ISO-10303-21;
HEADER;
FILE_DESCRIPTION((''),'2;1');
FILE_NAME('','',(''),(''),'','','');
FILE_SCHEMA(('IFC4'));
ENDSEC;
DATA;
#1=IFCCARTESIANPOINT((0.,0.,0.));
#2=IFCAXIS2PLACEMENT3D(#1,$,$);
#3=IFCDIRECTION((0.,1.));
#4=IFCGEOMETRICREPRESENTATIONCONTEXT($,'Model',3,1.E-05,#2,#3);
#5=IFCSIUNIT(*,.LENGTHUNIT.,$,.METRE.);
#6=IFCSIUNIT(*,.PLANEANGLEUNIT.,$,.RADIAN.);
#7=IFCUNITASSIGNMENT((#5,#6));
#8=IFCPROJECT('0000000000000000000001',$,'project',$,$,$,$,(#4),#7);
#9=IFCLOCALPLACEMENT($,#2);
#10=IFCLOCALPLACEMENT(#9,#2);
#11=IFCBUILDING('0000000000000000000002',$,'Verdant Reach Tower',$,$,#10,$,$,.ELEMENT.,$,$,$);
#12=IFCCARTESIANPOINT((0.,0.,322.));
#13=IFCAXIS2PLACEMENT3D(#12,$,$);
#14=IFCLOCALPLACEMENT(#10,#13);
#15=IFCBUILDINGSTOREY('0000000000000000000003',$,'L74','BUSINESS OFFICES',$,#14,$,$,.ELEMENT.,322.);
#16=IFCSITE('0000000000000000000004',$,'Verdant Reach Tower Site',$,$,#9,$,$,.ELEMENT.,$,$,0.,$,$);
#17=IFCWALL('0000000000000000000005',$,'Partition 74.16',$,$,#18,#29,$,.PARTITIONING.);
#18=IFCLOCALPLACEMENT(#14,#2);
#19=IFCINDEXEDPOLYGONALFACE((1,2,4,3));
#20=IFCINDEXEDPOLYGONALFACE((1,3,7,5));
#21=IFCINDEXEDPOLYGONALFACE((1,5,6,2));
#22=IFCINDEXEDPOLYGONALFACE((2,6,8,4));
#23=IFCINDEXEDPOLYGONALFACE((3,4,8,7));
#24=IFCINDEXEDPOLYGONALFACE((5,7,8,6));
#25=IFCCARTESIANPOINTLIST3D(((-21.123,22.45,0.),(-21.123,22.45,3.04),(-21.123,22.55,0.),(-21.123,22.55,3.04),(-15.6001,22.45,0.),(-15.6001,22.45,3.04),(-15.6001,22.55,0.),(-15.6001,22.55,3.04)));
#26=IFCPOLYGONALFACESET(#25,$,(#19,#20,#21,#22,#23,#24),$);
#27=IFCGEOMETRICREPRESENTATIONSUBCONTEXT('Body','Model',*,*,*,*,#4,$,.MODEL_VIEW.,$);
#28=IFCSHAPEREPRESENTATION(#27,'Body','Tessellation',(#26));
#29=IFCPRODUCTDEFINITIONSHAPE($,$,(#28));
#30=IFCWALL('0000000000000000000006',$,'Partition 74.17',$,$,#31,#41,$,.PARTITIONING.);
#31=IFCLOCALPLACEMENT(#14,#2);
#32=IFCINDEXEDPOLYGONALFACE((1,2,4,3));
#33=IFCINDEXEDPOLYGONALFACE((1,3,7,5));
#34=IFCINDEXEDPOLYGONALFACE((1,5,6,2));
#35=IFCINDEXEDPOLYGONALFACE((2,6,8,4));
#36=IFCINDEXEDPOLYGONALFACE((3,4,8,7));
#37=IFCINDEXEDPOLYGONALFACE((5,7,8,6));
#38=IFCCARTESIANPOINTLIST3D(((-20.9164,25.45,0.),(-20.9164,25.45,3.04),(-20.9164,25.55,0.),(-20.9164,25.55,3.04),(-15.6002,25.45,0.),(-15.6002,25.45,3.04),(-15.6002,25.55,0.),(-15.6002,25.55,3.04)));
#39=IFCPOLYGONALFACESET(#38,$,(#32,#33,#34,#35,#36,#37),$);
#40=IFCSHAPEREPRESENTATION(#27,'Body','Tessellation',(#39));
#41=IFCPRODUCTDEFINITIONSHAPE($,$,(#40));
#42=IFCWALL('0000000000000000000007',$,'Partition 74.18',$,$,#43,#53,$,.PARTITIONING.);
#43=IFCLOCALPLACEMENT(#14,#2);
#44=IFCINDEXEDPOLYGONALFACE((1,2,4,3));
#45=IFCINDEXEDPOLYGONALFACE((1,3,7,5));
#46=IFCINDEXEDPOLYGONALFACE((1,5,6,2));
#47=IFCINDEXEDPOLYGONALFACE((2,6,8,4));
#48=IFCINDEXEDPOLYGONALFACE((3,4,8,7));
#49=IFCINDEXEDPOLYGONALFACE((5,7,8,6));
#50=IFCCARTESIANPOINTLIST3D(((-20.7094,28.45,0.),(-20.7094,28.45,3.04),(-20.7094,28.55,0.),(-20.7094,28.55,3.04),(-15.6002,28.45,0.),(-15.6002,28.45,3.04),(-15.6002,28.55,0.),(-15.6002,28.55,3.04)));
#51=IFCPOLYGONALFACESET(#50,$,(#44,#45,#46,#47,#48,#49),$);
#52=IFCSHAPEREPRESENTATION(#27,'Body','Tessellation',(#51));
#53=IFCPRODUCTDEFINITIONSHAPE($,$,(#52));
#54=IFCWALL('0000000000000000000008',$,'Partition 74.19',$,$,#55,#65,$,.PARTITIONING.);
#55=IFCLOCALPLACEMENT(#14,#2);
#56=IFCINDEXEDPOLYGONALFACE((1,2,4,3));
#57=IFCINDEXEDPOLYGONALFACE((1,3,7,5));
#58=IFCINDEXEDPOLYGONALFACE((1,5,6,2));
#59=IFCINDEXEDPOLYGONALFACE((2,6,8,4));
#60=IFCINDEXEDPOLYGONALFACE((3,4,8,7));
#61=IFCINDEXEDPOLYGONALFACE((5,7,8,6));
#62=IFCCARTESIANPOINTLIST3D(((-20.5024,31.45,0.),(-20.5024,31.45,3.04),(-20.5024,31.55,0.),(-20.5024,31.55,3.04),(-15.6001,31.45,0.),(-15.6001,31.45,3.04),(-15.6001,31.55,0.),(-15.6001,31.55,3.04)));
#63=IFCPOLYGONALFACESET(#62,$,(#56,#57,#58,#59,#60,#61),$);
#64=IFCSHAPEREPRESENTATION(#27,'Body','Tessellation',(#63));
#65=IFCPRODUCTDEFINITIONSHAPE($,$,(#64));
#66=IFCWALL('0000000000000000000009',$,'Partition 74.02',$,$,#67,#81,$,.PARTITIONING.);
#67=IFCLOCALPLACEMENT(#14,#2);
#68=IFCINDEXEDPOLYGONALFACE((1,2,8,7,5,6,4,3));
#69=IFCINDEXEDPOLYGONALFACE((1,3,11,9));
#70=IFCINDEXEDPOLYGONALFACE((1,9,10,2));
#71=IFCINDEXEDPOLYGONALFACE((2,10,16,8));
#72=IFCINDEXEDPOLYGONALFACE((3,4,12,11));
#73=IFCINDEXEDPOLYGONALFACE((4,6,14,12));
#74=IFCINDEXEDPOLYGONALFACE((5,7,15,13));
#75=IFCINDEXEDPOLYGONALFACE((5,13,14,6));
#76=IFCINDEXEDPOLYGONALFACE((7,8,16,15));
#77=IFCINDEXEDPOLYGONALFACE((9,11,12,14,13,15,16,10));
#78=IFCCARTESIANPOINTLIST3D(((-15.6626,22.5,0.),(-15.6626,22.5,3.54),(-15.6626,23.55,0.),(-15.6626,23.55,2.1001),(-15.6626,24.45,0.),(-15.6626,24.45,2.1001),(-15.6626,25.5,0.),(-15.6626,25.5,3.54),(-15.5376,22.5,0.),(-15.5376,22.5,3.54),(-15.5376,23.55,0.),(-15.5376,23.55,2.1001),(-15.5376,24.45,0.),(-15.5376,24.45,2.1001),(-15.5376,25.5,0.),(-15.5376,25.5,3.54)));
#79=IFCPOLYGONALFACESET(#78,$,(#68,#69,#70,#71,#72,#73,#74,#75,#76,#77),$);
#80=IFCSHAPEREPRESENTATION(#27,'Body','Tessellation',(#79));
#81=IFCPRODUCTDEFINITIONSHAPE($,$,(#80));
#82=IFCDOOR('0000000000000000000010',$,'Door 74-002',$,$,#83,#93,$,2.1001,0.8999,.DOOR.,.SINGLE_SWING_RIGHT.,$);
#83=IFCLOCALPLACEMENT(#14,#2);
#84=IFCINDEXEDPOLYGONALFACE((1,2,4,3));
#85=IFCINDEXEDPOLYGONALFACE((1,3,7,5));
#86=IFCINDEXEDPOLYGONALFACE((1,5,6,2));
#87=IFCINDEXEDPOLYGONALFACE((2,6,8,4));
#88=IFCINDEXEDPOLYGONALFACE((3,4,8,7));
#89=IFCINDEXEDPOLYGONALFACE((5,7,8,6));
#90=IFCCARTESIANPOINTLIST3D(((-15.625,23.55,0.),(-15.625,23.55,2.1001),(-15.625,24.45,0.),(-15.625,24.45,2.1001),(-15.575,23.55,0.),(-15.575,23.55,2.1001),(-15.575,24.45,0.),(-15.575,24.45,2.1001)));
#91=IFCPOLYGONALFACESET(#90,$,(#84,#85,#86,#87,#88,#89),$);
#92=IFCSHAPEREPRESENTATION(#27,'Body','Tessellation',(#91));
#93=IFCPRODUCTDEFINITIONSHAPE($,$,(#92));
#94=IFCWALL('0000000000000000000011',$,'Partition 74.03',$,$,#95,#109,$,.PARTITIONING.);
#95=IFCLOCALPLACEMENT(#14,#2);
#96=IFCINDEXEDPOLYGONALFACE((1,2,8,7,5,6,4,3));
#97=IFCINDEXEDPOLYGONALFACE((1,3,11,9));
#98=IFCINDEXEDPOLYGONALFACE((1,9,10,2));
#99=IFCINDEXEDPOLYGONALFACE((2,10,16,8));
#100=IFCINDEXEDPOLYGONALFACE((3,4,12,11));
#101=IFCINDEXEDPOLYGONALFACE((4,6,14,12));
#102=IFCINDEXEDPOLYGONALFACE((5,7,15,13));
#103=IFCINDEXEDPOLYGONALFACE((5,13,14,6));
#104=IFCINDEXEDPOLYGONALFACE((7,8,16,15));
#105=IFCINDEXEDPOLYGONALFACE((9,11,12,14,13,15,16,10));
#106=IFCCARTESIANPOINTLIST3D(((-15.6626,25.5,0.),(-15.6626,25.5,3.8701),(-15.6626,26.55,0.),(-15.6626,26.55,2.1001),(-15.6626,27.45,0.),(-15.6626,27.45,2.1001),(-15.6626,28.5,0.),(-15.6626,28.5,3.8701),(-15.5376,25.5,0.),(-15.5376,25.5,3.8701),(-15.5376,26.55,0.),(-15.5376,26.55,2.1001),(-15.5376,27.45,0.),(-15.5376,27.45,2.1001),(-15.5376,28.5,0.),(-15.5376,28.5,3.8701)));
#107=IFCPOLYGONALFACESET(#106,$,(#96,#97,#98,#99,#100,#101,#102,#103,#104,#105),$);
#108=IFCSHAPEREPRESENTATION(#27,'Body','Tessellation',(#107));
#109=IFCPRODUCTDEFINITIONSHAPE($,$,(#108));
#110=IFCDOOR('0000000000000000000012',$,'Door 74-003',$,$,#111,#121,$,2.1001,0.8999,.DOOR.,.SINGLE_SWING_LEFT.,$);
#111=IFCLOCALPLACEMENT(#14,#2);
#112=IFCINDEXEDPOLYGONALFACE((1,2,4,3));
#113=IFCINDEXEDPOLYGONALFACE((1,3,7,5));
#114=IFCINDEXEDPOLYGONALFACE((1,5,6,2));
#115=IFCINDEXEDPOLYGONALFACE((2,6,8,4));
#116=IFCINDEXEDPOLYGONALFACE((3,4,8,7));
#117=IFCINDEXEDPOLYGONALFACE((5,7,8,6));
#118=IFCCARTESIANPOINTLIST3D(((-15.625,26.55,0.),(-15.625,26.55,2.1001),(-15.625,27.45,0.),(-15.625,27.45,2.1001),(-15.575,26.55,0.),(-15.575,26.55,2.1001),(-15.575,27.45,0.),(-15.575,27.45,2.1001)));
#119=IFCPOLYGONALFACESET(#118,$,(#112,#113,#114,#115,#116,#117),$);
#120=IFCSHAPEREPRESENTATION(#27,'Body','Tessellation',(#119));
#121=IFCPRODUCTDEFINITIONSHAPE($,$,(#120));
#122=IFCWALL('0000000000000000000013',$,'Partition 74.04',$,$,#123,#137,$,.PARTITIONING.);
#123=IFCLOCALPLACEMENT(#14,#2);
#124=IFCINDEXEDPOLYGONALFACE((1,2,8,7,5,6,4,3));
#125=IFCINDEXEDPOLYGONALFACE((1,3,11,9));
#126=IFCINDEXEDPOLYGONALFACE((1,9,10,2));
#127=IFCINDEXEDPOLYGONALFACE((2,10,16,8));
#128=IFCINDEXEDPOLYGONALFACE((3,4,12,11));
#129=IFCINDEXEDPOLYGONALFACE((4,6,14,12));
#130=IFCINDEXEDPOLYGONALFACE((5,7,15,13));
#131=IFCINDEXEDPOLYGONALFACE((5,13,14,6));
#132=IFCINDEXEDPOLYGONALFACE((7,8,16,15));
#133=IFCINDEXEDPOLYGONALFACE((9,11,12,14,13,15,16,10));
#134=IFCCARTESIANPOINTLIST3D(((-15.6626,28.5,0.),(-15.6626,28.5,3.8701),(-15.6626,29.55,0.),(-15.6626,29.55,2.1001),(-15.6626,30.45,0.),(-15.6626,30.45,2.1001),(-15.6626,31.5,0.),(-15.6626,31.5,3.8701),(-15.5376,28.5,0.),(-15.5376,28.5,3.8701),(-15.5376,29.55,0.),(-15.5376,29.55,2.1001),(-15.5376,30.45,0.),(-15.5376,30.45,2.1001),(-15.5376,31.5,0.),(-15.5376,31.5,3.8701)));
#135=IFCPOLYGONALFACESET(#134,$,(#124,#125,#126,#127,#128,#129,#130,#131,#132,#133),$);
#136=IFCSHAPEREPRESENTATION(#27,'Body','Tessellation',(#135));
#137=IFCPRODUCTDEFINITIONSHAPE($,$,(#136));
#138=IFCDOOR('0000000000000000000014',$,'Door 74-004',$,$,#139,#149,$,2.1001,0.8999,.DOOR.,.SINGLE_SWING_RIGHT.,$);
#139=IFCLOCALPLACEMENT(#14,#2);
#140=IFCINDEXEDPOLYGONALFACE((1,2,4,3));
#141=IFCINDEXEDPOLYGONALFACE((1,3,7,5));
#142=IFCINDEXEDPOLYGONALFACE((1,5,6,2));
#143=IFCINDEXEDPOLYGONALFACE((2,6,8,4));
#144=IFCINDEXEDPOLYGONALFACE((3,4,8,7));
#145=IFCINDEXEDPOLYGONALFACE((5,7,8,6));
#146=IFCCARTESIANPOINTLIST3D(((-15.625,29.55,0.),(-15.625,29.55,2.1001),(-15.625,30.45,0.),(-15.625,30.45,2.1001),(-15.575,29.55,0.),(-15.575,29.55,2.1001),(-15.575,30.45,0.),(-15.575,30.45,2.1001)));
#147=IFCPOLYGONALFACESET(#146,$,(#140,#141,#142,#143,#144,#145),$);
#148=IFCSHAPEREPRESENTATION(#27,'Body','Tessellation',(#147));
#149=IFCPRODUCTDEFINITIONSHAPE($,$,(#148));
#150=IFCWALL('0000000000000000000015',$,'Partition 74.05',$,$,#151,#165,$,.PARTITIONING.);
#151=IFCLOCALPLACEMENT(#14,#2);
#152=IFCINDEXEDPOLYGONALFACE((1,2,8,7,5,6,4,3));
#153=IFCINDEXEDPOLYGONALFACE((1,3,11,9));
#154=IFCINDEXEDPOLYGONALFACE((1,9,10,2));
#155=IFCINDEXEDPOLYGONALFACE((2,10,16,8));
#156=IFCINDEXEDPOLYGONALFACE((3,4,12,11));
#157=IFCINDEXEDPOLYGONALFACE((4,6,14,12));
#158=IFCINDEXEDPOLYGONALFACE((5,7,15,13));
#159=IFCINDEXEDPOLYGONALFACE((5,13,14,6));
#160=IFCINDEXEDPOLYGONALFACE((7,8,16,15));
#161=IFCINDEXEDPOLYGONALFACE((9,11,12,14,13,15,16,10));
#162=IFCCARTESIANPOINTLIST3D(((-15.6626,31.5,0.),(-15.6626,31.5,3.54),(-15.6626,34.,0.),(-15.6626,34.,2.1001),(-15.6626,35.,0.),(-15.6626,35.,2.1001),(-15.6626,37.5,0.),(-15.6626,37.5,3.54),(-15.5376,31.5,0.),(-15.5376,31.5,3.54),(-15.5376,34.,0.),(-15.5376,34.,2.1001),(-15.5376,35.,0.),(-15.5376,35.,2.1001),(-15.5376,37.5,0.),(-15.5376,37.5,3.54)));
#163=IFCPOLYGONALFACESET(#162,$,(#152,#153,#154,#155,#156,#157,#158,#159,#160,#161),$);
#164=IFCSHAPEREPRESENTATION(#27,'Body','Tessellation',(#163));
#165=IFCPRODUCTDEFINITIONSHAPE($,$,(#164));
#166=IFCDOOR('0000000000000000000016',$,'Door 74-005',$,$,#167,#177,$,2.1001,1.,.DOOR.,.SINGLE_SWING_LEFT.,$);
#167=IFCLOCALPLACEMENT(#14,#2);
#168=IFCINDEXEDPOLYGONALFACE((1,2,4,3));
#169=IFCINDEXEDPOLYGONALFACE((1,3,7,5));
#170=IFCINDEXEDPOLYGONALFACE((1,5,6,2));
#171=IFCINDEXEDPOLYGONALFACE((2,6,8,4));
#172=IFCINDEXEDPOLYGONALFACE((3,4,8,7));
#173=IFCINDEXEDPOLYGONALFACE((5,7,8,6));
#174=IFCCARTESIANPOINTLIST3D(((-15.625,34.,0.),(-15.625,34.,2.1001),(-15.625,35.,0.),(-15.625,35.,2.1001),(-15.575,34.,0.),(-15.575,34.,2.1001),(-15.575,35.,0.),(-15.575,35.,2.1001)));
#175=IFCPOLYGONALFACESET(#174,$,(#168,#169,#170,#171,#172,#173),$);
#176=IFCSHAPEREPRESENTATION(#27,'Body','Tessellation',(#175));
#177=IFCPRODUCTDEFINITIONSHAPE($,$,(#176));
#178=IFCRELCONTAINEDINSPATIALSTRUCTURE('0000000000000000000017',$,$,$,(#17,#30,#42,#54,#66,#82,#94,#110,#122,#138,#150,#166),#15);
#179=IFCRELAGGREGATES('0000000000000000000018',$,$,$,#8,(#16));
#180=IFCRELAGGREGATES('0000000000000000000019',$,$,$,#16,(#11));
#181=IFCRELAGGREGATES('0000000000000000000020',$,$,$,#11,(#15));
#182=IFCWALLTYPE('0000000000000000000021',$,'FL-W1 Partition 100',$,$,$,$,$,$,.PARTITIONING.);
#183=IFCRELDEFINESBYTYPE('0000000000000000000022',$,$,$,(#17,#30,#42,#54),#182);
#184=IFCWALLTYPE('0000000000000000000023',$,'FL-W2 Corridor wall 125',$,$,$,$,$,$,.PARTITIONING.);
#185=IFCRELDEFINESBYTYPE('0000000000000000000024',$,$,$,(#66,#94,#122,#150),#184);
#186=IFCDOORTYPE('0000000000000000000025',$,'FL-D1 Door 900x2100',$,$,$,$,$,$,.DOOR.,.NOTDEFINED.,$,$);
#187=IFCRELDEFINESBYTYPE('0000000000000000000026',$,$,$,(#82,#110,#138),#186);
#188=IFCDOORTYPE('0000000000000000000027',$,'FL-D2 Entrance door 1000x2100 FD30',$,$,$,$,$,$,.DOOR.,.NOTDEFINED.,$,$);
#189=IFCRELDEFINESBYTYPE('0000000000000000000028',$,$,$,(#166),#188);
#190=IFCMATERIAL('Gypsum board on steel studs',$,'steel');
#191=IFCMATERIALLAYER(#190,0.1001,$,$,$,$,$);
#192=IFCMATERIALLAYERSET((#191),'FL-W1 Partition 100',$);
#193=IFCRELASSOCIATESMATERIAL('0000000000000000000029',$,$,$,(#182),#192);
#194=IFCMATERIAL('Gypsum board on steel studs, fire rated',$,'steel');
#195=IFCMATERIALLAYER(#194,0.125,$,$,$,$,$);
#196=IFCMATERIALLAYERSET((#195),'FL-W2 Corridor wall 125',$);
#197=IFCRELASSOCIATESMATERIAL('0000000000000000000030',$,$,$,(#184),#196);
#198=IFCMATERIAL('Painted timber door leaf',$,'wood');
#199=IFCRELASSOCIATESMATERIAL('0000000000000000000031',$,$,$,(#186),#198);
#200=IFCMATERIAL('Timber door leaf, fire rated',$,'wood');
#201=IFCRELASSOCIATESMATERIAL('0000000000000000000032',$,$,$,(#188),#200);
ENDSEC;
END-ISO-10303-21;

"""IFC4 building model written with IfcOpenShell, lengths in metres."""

from ifc_helpers import new_model, si_unit, direction, frame, frame_2d, origin, place, context, subcontext, project, spatial, rectangle, extrude, material, layer, layer_set, type_object, element, fill, save


model = new_model("IFC4")

# Units and contexts
model_context = context("Model", 3, precision=1e-05, world=origin(), true_north=direction((0.0, 1.0)))
body_context = subcontext(model_context, "Body", "Model", "MODEL_VIEW")
ifc_project = project(units=[si_unit("LENGTHUNIT", "METRE"), si_unit("PLANEANGLEUNIT", "RADIAN")], contexts=[model_context])

# Site, building, storey
site_placement = place(None, origin())
site = spatial("IfcSite", under=ifc_project, at=site_placement, Name="Verdant Reach Tower Site", CompositionType="ELEMENT", RefElevation=0.0)
building_placement = place(site_placement, origin())
building = spatial("IfcBuilding", under=site, at=building_placement, Name="Verdant Reach Tower", CompositionType="ELEMENT")
storey_placement = place(building_placement, frame((0.0, 0.0, 322.0)))
storey = spatial("IfcBuildingStorey", under=building, at=storey_placement, Name="L74", Description="BUSINESS OFFICES", CompositionType="ELEMENT", Elevation=322.0)

# Walls
ifc_material_1 = material(Name="Gypsum board on steel studs", Category="steel")
ifc_layer_1 = layer(ifc_material_1, 0.1001)
ifc_layer_set_1 = layer_set([ifc_layer_1], Name="FL-W1 Partition 100")
wall_type_1 = type_object("IfcWallType", Name="FL-W1 Partition 100", PredefinedType="PARTITIONING", material=ifc_layer_set_1)
wall_1_placement = place(storey_placement, frame((-15.6001, 22.5, 0.0), z_axis=(0.0, 0.0, 1.0), x_axis=(-1.0, 0.0, 0.0)))
element("IfcWall", 1, at=wall_1_placement, inside=storey, type_object=wall_type_1, Name="Partition 74.16", PredefinedType="PARTITIONING", context=body_context, shape_type="SweptSolid", body=[
    extrude(rectangle(XDim=5.5229, YDim=0.1001, at=frame_2d((2.7615, 0.0))), origin(), (0.0, 0.0, 1.0), 3.04),
])
wall_2_placement = place(storey_placement, frame((-15.6001, 25.5, 0.0), z_axis=(0.0, 0.0, 1.0), x_axis=(-1.0, 0.0, 0.0)))
element("IfcWall", 2, at=wall_2_placement, inside=storey, type_object=wall_type_1, Name="Partition 74.17", PredefinedType="PARTITIONING", context=body_context, shape_type="SweptSolid", body=[
    extrude(rectangle(XDim=5.3162, YDim=0.1001, at=frame_2d((2.6582, 0.0))), origin(), (0.0, 0.0, 1.0), 3.04),
])
wall_3_placement = place(storey_placement, frame((-15.6001, 28.5, 0.0), z_axis=(0.0, 0.0, 1.0), x_axis=(-1.0, 0.0, 0.0)))
element("IfcWall", 3, at=wall_3_placement, inside=storey, type_object=wall_type_1, Name="Partition 74.18", PredefinedType="PARTITIONING", context=body_context, shape_type="SweptSolid", body=[
    extrude(rectangle(XDim=5.1091, YDim=0.1001, at=frame_2d((2.5547, 0.0))), origin(), (0.0, 0.0, 1.0), 3.04),
])
wall_4_placement = place(storey_placement, frame((-15.6001, 31.5, 0.0), z_axis=(0.0, 0.0, 1.0), x_axis=(-1.0, 0.0, 0.0)))
element("IfcWall", 4, at=wall_4_placement, inside=storey, type_object=wall_type_1, Name="Partition 74.19", PredefinedType="PARTITIONING", context=body_context, shape_type="SweptSolid", body=[
    extrude(rectangle(XDim=4.9023, YDim=0.1001, at=frame_2d((2.4512, 0.0))), origin(), (0.0, 0.0, 1.0), 3.04),
])

# Walls, openings, doors
ifc_material_2 = material(Name="Gypsum board on steel studs, fire rated", Category="steel")
ifc_layer_2 = layer(ifc_material_2, 0.125)
ifc_layer_set_2 = layer_set([ifc_layer_2], Name="FL-W2 Corridor wall 125")
wall_type_2 = type_object("IfcWallType", Name="FL-W2 Corridor wall 125", PredefinedType="PARTITIONING", material=ifc_layer_set_2)
wall_5_placement = place(storey_placement, frame((-15.6001, 22.5, 0.0), z_axis=(0.0, 0.0, 1.0), x_axis=(0.0, 1.0, 0.0)))
wall_5 = element("IfcWall", 5, at=wall_5_placement, inside=storey, type_object=wall_type_2, Name="Partition 74.02", PredefinedType="PARTITIONING", context=body_context, shape_type="SweptSolid", body=[
    extrude(rectangle(XDim=3.0, YDim=0.125, at=frame_2d((1.5, 0.0))), origin(), (0.0, 0.0, 1.0), 3.54),
])
opening_1_placement = place(wall_5_placement, frame((1.05, 0.0, 0.0)))
opening_1 = element("IfcOpeningElement", 6, at=opening_1_placement, cuts=wall_5, PredefinedType="OPENING", context=body_context, shape_type="SweptSolid", body=[
    extrude(rectangle(XDim=0.8999, YDim=2.1001, at=frame_2d((0.45, 1.05))), frame((0.0, 0.0725, 0.0), z_axis=(0.0, -1.0, 0.0), x_axis=(1.0, 0.0, 0.0)), (0.0, 0.0, 1.0), 0.145),
])
ifc_material_3 = material(Name="Painted timber door leaf", Category="wood")
door_type_1 = type_object("IfcDoorType", Name="FL-D1 Door 900x2100", OperationType="NOTDEFINED", PredefinedType="DOOR", material=ifc_material_3)
door_1_placement = place(opening_1_placement, origin())
door_1 = element("IfcDoor", 7, at=door_1_placement, inside=storey, type_object=door_type_1, Name="Door 74-002", OperationType="SINGLE_SWING_RIGHT", OverallHeight=2.1001, OverallWidth=0.8999, PredefinedType="DOOR", context=body_context, shape_type="SweptSolid", body=[
    extrude(rectangle(XDim=0.8999, YDim=2.1001, at=frame_2d((0.45, 1.05))), frame((0.0, 0.0249, 0.0), z_axis=(0.0, -1.0, 0.0), x_axis=(1.0, 0.0, 0.0)), (0.0, 0.0, 1.0), 0.05),
])
fill(opening_1, door_1)
wall_6_placement = place(storey_placement, frame((-15.6001, 25.5, 0.0), z_axis=(0.0, 0.0, 1.0), x_axis=(0.0, 1.0, 0.0)))
wall_6 = element("IfcWall", 8, at=wall_6_placement, inside=storey, type_object=wall_type_2, Name="Partition 74.03", PredefinedType="PARTITIONING", context=body_context, shape_type="SweptSolid", body=[
    extrude(rectangle(XDim=3.0, YDim=0.125, at=frame_2d((1.5, 0.0))), origin(), (0.0, 0.0, 1.0), 3.8701),
])
opening_2_placement = place(wall_6_placement, frame((1.05, 0.0, 0.0)))
opening_2 = element("IfcOpeningElement", 9, at=opening_2_placement, cuts=wall_6, PredefinedType="OPENING", context=body_context, shape_type="SweptSolid", body=[
    extrude(rectangle(XDim=0.8999, YDim=2.1001, at=frame_2d((0.45, 1.05))), frame((0.0, 0.0725, 0.0), z_axis=(0.0, -1.0, 0.0), x_axis=(1.0, 0.0, 0.0)), (0.0, 0.0, 1.0), 0.145),
])
door_2_placement = place(opening_2_placement, origin())
door_2 = element("IfcDoor", 10, at=door_2_placement, inside=storey, type_object=door_type_1, Name="Door 74-003", OperationType="SINGLE_SWING_LEFT", OverallHeight=2.1001, OverallWidth=0.8999, PredefinedType="DOOR", context=body_context, shape_type="SweptSolid", body=[
    extrude(rectangle(XDim=0.8999, YDim=2.1001, at=frame_2d((0.45, 1.05))), frame((0.0, 0.0249, 0.0), z_axis=(0.0, -1.0, 0.0), x_axis=(1.0, 0.0, 0.0)), (0.0, 0.0, 1.0), 0.05),
])
fill(opening_2, door_2)
wall_7_placement = place(storey_placement, frame((-15.6001, 28.5, 0.0), z_axis=(0.0, 0.0, 1.0), x_axis=(0.0, 1.0, 0.0)))
wall_7 = element("IfcWall", 11, at=wall_7_placement, inside=storey, type_object=wall_type_2, Name="Partition 74.04", PredefinedType="PARTITIONING", context=body_context, shape_type="SweptSolid", body=[
    extrude(rectangle(XDim=3.0, YDim=0.125, at=frame_2d((1.5, 0.0))), origin(), (0.0, 0.0, 1.0), 3.8701),
])
opening_3_placement = place(wall_7_placement, frame((1.05, 0.0, 0.0)))
opening_3 = element("IfcOpeningElement", 12, at=opening_3_placement, cuts=wall_7, PredefinedType="OPENING", context=body_context, shape_type="SweptSolid", body=[
    extrude(rectangle(XDim=0.8999, YDim=2.1001, at=frame_2d((0.45, 1.05))), frame((0.0, 0.0725, 0.0), z_axis=(0.0, -1.0, 0.0), x_axis=(1.0, 0.0, 0.0)), (0.0, 0.0, 1.0), 0.145),
])
door_3_placement = place(opening_3_placement, origin())
door_3 = element("IfcDoor", 13, at=door_3_placement, inside=storey, type_object=door_type_1, Name="Door 74-004", OperationType="SINGLE_SWING_RIGHT", OverallHeight=2.1001, OverallWidth=0.8999, PredefinedType="DOOR", context=body_context, shape_type="SweptSolid", body=[
    extrude(rectangle(XDim=0.8999, YDim=2.1001, at=frame_2d((0.45, 1.05))), frame((0.0, 0.0249, 0.0), z_axis=(0.0, -1.0, 0.0), x_axis=(1.0, 0.0, 0.0)), (0.0, 0.0, 1.0), 0.05),
])
fill(opening_3, door_3)
wall_8_placement = place(storey_placement, frame((-15.6001, 31.5, 0.0), z_axis=(0.0, 0.0, 1.0), x_axis=(0.0, 1.0, 0.0)))
wall_8 = element("IfcWall", 14, at=wall_8_placement, inside=storey, type_object=wall_type_2, Name="Partition 74.05", PredefinedType="PARTITIONING", context=body_context, shape_type="SweptSolid", body=[
    extrude(rectangle(XDim=6.0, YDim=0.125, at=frame_2d((3.0, 0.0))), origin(), (0.0, 0.0, 1.0), 3.54),
])
opening_4_placement = place(wall_8_placement, frame((2.5, 0.0, 0.0)))
opening_4 = element("IfcOpeningElement", 15, at=opening_4_placement, cuts=wall_8, PredefinedType="OPENING", context=body_context, shape_type="SweptSolid", body=[
    extrude(rectangle(XDim=1.0, YDim=2.1001, at=frame_2d((0.5, 1.05))), frame((0.0, 0.0725, 0.0), z_axis=(0.0, -1.0, 0.0), x_axis=(1.0, 0.0, 0.0)), (0.0, 0.0, 1.0), 0.145),
])
ifc_material_4 = material(Name="Timber door leaf, fire rated", Category="wood")
door_type_2 = type_object("IfcDoorType", Name="FL-D2 Entrance door 1000x2100 FD30", OperationType="NOTDEFINED", PredefinedType="DOOR", material=ifc_material_4)
door_4_placement = place(opening_4_placement, origin())
door_4 = element("IfcDoor", 16, at=door_4_placement, inside=storey, type_object=door_type_2, Name="Door 74-005", OperationType="SINGLE_SWING_LEFT", OverallHeight=2.1001, OverallWidth=1.0, PredefinedType="DOOR", context=body_context, shape_type="SweptSolid", body=[
    extrude(rectangle(XDim=1.0, YDim=2.1001, at=frame_2d((0.5, 1.05))), frame((0.0, 0.0249, 0.0), z_axis=(0.0, -1.0, 0.0), x_axis=(1.0, 0.0, 0.0)), (0.0, 0.0, 1.0), 0.05),
])
fill(opening_4, door_4)

save(model, "model.ifc")
